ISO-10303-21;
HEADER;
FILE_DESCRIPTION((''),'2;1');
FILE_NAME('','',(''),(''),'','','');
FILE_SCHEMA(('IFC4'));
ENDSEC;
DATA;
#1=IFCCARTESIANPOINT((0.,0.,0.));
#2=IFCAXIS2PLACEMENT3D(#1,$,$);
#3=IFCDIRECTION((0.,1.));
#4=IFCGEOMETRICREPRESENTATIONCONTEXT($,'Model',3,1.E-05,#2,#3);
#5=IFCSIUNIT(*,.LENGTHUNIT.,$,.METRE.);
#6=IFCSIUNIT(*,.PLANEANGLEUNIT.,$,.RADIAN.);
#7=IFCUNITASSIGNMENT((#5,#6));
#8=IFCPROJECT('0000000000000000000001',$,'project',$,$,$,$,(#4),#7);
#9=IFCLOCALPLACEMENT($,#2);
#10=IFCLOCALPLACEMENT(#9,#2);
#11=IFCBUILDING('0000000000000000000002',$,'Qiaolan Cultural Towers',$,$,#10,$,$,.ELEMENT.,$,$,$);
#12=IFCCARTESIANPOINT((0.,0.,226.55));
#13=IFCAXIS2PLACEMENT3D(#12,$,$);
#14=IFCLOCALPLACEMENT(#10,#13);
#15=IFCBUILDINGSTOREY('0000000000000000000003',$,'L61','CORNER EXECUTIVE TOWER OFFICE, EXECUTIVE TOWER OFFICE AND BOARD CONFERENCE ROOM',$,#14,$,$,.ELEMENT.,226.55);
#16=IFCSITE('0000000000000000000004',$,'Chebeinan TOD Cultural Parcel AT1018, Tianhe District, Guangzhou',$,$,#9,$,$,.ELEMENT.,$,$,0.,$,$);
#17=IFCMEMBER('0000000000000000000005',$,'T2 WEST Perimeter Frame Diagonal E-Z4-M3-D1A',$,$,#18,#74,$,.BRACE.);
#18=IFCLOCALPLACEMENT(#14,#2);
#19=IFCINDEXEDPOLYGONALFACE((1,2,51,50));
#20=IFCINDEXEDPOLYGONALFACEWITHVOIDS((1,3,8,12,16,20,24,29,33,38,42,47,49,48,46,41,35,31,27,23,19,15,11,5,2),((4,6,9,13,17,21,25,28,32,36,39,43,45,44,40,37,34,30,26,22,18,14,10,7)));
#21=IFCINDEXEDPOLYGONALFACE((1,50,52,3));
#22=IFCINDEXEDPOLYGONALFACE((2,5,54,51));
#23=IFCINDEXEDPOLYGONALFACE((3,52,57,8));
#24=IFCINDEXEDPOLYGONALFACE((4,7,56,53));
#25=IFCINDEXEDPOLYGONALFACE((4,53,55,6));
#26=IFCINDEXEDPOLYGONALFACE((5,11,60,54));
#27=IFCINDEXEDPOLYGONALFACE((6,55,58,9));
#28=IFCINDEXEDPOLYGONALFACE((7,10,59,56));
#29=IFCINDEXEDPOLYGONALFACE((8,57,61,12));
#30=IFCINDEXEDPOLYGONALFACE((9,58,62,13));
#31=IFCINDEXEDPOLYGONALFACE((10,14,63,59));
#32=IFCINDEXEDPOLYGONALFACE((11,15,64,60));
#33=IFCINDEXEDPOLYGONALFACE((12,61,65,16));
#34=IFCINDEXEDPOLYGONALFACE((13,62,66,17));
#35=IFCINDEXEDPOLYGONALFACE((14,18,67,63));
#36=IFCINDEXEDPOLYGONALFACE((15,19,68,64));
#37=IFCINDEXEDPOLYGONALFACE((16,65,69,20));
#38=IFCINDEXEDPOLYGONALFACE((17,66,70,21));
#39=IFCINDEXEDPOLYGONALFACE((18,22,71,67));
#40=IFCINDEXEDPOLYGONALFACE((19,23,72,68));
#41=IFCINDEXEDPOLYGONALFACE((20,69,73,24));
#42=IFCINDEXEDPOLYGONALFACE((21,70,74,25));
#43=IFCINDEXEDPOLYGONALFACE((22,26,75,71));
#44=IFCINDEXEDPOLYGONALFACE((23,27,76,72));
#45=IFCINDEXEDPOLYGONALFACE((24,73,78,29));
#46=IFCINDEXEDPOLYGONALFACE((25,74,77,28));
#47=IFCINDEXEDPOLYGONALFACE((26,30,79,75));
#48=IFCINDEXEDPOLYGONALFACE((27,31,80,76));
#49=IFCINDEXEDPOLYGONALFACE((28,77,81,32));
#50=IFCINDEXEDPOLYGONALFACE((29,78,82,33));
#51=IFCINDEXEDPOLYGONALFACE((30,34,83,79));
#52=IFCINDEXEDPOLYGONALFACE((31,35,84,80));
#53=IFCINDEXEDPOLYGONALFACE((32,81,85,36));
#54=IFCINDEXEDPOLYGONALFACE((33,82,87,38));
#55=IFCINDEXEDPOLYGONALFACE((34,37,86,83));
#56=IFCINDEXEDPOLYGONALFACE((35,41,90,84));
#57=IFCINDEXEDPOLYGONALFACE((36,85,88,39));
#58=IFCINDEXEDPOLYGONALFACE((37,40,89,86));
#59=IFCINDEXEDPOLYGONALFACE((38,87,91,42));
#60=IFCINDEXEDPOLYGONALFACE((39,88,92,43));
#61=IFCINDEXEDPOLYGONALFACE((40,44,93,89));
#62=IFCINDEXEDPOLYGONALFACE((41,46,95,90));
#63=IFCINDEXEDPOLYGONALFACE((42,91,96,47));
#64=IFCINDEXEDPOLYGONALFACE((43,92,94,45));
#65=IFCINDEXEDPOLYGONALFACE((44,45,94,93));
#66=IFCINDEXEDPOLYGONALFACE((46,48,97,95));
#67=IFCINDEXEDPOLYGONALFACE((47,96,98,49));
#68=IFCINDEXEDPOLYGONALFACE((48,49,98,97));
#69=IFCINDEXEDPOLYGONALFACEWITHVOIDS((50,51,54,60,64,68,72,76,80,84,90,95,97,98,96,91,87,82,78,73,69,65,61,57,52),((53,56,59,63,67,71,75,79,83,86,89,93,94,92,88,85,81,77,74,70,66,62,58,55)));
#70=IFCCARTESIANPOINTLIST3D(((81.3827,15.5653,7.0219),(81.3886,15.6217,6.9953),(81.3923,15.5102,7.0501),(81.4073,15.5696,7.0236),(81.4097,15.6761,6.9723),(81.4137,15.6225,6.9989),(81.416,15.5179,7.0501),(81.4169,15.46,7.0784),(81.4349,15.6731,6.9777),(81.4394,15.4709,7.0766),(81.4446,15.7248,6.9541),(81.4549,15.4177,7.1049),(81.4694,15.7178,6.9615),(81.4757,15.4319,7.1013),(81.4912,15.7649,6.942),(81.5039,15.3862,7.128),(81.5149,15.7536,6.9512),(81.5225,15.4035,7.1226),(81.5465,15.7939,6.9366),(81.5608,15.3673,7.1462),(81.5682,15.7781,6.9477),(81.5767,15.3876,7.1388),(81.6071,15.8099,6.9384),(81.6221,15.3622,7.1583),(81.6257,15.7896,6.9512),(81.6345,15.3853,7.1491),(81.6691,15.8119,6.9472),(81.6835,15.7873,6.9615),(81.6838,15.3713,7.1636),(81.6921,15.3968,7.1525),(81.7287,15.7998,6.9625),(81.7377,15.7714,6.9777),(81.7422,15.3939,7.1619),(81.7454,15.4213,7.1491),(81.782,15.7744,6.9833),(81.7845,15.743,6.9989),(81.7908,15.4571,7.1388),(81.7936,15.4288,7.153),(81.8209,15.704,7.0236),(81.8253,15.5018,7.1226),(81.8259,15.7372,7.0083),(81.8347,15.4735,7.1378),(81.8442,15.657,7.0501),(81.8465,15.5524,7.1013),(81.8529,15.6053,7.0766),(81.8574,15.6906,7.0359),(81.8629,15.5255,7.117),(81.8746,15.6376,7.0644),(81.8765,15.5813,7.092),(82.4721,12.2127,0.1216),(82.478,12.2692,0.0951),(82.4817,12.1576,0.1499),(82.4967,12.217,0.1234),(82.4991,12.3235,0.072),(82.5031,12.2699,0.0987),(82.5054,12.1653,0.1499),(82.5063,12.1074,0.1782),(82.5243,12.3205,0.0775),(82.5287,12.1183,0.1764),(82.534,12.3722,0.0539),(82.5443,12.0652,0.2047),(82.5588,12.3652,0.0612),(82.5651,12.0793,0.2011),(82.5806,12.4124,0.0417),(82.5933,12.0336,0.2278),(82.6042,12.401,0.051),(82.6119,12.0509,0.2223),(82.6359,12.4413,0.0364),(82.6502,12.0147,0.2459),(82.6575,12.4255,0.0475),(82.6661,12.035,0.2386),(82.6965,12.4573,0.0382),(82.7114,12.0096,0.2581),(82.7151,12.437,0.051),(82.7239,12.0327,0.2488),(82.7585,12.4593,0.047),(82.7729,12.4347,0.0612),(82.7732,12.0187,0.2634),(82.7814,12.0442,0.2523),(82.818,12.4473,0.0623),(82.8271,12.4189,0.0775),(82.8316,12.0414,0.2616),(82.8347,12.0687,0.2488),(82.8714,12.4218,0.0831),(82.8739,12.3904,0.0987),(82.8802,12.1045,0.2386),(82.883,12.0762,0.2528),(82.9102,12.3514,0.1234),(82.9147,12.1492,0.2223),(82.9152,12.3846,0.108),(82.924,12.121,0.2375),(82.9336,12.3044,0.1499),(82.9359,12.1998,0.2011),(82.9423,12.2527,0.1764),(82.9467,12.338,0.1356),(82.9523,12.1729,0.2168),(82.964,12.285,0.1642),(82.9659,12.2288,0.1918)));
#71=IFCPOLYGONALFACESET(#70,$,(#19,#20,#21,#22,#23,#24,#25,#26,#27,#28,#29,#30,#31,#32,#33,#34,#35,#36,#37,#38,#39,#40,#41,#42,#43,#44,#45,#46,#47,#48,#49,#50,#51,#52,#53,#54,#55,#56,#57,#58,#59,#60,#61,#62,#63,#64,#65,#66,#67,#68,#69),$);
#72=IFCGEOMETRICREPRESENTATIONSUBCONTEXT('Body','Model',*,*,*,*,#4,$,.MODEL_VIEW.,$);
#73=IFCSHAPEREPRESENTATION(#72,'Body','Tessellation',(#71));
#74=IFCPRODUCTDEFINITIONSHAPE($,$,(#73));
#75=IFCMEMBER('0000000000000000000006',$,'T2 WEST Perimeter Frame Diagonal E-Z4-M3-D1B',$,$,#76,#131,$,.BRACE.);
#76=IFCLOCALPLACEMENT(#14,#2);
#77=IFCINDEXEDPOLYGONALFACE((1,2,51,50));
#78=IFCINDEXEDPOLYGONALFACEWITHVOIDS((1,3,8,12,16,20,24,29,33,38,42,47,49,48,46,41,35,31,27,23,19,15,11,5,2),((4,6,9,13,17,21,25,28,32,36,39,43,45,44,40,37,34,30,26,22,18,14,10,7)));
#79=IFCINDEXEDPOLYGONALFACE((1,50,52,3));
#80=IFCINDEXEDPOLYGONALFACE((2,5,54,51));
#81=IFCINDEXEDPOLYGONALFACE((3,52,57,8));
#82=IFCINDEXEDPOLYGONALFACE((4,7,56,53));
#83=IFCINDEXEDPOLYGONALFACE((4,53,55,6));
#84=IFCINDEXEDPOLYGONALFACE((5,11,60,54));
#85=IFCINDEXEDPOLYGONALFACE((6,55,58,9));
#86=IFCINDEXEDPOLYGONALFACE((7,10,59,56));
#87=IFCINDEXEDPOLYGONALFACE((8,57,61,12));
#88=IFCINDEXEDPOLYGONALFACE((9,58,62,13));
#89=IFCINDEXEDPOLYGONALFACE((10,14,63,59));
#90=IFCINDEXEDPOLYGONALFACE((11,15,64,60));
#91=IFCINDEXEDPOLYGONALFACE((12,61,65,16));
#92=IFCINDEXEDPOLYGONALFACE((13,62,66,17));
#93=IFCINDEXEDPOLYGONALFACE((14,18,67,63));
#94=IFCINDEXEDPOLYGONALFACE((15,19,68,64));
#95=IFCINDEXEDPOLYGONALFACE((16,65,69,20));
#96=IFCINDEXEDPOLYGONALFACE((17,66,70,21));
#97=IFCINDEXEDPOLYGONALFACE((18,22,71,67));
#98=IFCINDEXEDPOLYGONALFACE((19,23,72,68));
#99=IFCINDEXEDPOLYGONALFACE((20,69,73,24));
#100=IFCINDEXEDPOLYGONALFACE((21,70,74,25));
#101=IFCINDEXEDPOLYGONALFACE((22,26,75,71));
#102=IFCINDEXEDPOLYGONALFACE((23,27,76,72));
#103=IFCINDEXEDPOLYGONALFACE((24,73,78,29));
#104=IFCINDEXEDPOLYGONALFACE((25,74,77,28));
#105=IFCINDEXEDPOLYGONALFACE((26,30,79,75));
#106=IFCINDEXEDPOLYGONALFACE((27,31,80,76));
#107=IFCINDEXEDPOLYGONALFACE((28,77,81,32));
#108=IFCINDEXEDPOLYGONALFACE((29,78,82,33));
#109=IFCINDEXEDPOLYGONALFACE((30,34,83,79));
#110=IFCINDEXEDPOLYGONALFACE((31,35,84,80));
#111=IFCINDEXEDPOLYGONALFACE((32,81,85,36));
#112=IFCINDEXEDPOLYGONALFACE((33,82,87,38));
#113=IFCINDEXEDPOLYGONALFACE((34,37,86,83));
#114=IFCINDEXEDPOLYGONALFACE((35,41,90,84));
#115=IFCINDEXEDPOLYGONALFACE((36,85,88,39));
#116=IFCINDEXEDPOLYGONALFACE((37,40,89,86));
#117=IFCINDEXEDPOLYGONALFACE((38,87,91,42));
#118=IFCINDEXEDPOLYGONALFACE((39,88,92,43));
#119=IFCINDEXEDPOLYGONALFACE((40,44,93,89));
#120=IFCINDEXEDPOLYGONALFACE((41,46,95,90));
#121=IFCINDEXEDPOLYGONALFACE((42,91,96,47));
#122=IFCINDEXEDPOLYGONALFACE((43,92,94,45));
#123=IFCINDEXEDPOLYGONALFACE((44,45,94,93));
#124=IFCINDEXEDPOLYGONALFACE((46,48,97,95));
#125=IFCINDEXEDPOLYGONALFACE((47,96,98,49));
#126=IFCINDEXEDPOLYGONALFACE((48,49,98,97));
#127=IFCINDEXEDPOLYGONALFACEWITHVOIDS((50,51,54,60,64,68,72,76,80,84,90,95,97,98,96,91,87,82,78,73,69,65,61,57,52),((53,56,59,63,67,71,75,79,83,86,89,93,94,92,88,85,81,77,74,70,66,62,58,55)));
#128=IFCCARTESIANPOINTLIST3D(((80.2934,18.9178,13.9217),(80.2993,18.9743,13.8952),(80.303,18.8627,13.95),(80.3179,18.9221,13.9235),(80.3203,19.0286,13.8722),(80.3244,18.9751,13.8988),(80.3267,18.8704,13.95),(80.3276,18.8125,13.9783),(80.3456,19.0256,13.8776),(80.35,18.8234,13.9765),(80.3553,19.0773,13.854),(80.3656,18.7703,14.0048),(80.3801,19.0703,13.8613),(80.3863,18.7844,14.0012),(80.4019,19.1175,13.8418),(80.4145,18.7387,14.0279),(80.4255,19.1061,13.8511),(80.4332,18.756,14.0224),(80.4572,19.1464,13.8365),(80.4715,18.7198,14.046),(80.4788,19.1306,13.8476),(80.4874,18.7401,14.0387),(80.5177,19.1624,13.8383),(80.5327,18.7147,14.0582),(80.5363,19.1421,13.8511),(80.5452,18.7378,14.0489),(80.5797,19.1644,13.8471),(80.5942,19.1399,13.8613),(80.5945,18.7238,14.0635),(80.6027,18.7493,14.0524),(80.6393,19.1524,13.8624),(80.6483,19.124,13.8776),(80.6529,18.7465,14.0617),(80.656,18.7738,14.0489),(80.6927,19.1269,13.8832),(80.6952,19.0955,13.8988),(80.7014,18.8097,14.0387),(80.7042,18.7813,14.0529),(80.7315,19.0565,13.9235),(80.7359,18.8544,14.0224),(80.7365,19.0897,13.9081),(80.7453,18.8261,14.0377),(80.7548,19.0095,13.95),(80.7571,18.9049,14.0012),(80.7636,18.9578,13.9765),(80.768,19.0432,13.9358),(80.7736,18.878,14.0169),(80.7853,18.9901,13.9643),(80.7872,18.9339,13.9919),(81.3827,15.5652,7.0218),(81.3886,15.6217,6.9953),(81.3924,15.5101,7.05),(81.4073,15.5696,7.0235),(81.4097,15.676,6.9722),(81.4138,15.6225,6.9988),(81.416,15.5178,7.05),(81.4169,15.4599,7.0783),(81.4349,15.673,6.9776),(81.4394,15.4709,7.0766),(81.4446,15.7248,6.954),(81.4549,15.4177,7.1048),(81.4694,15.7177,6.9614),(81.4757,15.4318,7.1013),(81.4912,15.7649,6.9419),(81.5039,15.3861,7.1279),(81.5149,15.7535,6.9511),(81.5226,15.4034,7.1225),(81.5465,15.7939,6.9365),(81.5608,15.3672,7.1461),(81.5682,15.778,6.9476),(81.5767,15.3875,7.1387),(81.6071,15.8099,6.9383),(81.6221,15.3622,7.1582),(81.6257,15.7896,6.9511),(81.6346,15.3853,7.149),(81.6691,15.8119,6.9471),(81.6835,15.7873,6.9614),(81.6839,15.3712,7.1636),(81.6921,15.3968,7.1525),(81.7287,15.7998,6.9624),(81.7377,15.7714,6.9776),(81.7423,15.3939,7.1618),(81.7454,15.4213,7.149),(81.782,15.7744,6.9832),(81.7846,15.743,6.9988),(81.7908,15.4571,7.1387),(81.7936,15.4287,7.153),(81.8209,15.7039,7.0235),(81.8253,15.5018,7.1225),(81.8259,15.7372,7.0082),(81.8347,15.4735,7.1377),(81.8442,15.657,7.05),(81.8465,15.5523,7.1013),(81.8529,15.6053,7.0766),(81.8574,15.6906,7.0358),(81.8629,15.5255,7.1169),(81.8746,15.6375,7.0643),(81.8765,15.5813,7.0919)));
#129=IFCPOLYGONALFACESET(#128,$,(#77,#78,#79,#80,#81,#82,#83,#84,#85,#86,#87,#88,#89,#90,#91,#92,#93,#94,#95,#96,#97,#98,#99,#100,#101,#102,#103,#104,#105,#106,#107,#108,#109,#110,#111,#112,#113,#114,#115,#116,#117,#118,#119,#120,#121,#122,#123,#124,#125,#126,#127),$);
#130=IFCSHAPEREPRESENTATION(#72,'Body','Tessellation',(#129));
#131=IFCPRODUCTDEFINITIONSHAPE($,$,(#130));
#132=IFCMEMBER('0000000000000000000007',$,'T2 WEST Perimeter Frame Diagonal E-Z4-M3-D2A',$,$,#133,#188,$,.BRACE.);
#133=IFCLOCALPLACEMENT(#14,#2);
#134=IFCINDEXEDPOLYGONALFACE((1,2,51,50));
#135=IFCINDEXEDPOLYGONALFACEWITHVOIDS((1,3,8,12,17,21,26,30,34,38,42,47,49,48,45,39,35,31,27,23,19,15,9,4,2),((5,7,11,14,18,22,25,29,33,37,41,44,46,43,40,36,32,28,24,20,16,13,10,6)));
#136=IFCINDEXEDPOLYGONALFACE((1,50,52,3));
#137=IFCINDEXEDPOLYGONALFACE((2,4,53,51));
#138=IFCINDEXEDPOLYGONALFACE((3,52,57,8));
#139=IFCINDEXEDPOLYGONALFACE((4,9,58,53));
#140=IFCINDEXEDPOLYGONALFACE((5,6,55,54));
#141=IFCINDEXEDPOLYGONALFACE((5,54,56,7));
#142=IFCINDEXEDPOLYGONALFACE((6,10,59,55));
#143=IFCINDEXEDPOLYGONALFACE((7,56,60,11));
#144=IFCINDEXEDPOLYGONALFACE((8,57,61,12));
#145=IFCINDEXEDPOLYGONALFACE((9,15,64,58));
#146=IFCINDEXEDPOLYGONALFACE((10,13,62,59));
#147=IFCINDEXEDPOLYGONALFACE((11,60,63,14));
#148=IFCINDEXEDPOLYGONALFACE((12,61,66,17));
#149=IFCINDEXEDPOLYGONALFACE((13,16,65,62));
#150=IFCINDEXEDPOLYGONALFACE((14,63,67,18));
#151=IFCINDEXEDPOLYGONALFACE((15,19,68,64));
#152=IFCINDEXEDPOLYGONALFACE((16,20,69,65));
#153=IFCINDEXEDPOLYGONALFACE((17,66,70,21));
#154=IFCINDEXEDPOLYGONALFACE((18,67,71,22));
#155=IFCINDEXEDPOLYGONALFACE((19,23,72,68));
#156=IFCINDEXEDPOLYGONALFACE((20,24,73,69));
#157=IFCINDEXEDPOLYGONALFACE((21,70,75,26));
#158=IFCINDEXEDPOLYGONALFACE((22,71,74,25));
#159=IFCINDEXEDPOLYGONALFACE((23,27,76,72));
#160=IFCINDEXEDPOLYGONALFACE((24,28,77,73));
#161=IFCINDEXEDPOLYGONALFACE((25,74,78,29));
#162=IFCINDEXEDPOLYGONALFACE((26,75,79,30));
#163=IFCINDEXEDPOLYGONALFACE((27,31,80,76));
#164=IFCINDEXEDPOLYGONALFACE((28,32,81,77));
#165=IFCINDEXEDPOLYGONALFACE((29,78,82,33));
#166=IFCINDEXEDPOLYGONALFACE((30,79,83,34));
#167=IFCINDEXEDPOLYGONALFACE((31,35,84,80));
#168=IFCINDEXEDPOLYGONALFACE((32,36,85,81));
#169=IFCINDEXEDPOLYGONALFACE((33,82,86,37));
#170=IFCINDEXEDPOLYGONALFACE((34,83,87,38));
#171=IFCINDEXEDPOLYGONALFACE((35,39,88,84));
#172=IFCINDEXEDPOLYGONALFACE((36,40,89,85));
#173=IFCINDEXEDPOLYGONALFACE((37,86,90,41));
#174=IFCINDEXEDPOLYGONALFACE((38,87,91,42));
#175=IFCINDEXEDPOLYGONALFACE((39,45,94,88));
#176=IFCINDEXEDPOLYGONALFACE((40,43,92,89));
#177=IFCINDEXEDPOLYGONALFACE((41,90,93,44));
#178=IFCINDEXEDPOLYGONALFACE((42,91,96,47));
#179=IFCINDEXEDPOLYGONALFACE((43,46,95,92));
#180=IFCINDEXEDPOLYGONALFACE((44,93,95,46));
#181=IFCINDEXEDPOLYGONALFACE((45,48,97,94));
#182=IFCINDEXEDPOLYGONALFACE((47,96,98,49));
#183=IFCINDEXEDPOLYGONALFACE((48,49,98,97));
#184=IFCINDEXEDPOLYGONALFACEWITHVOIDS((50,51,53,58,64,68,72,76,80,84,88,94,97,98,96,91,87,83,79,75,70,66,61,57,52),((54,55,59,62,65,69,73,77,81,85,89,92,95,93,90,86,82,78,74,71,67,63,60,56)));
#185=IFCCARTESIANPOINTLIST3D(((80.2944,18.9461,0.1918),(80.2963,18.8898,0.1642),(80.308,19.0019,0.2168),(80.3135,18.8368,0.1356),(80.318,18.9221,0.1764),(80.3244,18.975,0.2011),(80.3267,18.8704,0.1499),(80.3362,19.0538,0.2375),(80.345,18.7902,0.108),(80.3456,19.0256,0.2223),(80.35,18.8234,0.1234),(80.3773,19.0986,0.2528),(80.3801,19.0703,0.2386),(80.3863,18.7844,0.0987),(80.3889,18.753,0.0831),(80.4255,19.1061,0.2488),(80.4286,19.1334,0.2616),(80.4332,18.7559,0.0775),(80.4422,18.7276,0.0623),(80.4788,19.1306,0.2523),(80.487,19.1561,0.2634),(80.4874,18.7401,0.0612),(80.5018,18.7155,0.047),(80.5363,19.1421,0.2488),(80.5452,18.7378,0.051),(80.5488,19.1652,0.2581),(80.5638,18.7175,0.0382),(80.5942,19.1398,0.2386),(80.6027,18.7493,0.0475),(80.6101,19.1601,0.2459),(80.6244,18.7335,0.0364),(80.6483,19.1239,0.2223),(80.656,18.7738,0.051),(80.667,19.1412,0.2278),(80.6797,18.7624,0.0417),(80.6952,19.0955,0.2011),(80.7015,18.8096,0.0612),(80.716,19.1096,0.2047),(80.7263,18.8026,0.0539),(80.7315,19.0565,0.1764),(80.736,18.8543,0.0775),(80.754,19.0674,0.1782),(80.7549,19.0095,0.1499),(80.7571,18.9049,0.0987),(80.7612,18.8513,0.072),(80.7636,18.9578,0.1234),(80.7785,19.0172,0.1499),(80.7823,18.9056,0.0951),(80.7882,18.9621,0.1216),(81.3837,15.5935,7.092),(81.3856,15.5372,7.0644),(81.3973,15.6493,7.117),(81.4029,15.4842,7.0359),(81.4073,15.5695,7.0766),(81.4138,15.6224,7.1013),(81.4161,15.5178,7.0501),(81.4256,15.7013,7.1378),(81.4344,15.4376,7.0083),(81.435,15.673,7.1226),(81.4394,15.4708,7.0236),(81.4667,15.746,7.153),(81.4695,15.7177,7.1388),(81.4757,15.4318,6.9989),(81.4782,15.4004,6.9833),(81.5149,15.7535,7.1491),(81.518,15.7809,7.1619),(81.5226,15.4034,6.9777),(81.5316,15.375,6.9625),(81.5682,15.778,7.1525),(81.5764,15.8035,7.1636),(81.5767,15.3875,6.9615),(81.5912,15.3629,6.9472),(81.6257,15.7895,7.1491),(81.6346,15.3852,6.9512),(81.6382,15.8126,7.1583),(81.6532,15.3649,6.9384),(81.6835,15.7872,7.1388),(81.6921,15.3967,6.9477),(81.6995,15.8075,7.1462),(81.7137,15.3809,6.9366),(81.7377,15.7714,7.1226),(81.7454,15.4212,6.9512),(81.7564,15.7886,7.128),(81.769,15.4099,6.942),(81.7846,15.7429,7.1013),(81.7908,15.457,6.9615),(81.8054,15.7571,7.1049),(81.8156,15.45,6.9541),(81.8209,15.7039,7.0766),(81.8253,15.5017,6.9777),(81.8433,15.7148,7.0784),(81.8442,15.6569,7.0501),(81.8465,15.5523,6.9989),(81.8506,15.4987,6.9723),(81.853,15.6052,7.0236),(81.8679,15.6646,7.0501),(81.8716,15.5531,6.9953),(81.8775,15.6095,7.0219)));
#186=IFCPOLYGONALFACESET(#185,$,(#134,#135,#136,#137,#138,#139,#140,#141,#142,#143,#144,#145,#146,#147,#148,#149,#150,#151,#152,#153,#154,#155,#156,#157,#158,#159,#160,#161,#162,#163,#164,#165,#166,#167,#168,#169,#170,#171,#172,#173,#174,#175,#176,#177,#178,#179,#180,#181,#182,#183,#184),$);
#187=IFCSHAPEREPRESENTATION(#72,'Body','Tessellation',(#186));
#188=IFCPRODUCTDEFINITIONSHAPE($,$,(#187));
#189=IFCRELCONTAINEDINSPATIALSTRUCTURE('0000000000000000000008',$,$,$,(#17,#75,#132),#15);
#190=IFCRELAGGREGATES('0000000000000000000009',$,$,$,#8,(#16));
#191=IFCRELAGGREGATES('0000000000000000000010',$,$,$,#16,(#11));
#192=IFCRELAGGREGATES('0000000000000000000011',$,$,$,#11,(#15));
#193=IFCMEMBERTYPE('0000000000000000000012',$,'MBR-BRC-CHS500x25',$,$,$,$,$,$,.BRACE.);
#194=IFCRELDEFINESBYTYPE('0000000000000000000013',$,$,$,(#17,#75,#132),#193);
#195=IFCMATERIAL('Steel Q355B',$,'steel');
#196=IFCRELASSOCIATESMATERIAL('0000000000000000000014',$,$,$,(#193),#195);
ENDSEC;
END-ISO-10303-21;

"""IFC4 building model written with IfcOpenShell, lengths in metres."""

from ifc_helpers import new_model, si_unit, direction, frame, origin, origin_2d, place, context, subcontext, project, spatial, hollow_circle, extrude, material, material_profile, profile_set, type_object, element, save


model = new_model("IFC4")

# Units and contexts
model_context = context("Model", 3, precision=1e-05, world=origin(), true_north=direction((0.0, 1.0)))
body_context = subcontext(model_context, "Body", "Model", "MODEL_VIEW")
ifc_project = project(units=[si_unit("LENGTHUNIT", "METRE"), si_unit("PLANEANGLEUNIT", "RADIAN")], contexts=[model_context])

# Site, building, storey
site_placement = place(None, origin())
site = spatial("IfcSite", under=ifc_project, at=site_placement, Name="Chebeinan TOD Cultural Parcel AT1018, Tianhe District, Guangzhou", CompositionType="ELEMENT", RefElevation=0.0)
building_placement = place(site_placement, origin())
building = spatial("IfcBuilding", under=site, at=building_placement, Name="Qiaolan Cultural Towers", CompositionType="ELEMENT")
storey_placement = place(building_placement, frame((0.0, 0.0, 226.55)))
storey = spatial("IfcBuildingStorey", under=building, at=storey_placement, Name="L61", Description="CORNER EXECUTIVE TOWER OFFICE, EXECUTIVE TOWER OFFICE AND BOARD CONFERENCE ROOM", CompositionType="ELEMENT", Elevation=226.55)

# Members
ifc_material_1 = material(Name="Steel Q355B", Category="steel")
ifc_material_profile_1 = material_profile(ifc_material_1, hollow_circle(Radius=0.25, WallThickness=0.0249, at=origin_2d()), Name="CHS500x25")
ifc_profile_set_1 = profile_set([ifc_material_profile_1], Name="Steel Q355B")
member_type = type_object("IfcMemberType", Name="MBR-BRC-CHS500x25", PredefinedType="BRACE", material=ifc_profile_set_1)
member_1_placement = place(storey_placement, frame((82.7195, 12.2349, 0.1499), z_axis=(-0.14059, 0.432673, 0.890521), x_axis=(-0.951052, -0.30903, 0.0)))
element("IfcMember", 1, at=member_1_placement, inside=storey, type_object=member_type, Name="T2 WEST Perimeter Frame Diagonal E-Z4-M3-D1A", PredefinedType="BRACE", context=body_context, shape_type="SweptSolid", body=[
    extrude(hollow_circle(Radius=0.25, WallThickness=0.0249, at=origin_2d()), origin(), (0.0, 0.0, 1.0), 7.7485),
])
member_2_placement = place(storey_placement, frame((81.6301, 15.5874, 7.05), z_axis=(-0.140594, 0.432685, 0.890515), x_axis=(-0.951052, -0.30903, 0.0)))
element("IfcMember", 2, at=member_2_placement, inside=storey, type_object=member_type, Name="T2 WEST Perimeter Frame Diagonal E-Z4-M3-D1B", PredefinedType="BRACE", context=body_context, shape_type="SweptSolid", body=[
    extrude(hollow_circle(Radius=0.25, WallThickness=0.0249, at=origin_2d()), origin(), (0.0, 0.0, 1.0), 7.7483),
])
member_3_placement = place(storey_placement, frame((80.5408, 18.9399, 0.1499), z_axis=(0.14059, -0.432673, 0.890521), x_axis=(0.951052, 0.30903, 0.0)))
element("IfcMember", 3, at=member_3_placement, inside=storey, type_object=member_type, Name="T2 WEST Perimeter Frame Diagonal E-Z4-M3-D2A", PredefinedType="BRACE", context=body_context, shape_type="SweptSolid", body=[
    extrude(hollow_circle(Radius=0.25, WallThickness=0.0249, at=origin_2d()), origin(), (0.0, 0.0, 1.0), 7.7485),
])

save(model, "model.ifc")
